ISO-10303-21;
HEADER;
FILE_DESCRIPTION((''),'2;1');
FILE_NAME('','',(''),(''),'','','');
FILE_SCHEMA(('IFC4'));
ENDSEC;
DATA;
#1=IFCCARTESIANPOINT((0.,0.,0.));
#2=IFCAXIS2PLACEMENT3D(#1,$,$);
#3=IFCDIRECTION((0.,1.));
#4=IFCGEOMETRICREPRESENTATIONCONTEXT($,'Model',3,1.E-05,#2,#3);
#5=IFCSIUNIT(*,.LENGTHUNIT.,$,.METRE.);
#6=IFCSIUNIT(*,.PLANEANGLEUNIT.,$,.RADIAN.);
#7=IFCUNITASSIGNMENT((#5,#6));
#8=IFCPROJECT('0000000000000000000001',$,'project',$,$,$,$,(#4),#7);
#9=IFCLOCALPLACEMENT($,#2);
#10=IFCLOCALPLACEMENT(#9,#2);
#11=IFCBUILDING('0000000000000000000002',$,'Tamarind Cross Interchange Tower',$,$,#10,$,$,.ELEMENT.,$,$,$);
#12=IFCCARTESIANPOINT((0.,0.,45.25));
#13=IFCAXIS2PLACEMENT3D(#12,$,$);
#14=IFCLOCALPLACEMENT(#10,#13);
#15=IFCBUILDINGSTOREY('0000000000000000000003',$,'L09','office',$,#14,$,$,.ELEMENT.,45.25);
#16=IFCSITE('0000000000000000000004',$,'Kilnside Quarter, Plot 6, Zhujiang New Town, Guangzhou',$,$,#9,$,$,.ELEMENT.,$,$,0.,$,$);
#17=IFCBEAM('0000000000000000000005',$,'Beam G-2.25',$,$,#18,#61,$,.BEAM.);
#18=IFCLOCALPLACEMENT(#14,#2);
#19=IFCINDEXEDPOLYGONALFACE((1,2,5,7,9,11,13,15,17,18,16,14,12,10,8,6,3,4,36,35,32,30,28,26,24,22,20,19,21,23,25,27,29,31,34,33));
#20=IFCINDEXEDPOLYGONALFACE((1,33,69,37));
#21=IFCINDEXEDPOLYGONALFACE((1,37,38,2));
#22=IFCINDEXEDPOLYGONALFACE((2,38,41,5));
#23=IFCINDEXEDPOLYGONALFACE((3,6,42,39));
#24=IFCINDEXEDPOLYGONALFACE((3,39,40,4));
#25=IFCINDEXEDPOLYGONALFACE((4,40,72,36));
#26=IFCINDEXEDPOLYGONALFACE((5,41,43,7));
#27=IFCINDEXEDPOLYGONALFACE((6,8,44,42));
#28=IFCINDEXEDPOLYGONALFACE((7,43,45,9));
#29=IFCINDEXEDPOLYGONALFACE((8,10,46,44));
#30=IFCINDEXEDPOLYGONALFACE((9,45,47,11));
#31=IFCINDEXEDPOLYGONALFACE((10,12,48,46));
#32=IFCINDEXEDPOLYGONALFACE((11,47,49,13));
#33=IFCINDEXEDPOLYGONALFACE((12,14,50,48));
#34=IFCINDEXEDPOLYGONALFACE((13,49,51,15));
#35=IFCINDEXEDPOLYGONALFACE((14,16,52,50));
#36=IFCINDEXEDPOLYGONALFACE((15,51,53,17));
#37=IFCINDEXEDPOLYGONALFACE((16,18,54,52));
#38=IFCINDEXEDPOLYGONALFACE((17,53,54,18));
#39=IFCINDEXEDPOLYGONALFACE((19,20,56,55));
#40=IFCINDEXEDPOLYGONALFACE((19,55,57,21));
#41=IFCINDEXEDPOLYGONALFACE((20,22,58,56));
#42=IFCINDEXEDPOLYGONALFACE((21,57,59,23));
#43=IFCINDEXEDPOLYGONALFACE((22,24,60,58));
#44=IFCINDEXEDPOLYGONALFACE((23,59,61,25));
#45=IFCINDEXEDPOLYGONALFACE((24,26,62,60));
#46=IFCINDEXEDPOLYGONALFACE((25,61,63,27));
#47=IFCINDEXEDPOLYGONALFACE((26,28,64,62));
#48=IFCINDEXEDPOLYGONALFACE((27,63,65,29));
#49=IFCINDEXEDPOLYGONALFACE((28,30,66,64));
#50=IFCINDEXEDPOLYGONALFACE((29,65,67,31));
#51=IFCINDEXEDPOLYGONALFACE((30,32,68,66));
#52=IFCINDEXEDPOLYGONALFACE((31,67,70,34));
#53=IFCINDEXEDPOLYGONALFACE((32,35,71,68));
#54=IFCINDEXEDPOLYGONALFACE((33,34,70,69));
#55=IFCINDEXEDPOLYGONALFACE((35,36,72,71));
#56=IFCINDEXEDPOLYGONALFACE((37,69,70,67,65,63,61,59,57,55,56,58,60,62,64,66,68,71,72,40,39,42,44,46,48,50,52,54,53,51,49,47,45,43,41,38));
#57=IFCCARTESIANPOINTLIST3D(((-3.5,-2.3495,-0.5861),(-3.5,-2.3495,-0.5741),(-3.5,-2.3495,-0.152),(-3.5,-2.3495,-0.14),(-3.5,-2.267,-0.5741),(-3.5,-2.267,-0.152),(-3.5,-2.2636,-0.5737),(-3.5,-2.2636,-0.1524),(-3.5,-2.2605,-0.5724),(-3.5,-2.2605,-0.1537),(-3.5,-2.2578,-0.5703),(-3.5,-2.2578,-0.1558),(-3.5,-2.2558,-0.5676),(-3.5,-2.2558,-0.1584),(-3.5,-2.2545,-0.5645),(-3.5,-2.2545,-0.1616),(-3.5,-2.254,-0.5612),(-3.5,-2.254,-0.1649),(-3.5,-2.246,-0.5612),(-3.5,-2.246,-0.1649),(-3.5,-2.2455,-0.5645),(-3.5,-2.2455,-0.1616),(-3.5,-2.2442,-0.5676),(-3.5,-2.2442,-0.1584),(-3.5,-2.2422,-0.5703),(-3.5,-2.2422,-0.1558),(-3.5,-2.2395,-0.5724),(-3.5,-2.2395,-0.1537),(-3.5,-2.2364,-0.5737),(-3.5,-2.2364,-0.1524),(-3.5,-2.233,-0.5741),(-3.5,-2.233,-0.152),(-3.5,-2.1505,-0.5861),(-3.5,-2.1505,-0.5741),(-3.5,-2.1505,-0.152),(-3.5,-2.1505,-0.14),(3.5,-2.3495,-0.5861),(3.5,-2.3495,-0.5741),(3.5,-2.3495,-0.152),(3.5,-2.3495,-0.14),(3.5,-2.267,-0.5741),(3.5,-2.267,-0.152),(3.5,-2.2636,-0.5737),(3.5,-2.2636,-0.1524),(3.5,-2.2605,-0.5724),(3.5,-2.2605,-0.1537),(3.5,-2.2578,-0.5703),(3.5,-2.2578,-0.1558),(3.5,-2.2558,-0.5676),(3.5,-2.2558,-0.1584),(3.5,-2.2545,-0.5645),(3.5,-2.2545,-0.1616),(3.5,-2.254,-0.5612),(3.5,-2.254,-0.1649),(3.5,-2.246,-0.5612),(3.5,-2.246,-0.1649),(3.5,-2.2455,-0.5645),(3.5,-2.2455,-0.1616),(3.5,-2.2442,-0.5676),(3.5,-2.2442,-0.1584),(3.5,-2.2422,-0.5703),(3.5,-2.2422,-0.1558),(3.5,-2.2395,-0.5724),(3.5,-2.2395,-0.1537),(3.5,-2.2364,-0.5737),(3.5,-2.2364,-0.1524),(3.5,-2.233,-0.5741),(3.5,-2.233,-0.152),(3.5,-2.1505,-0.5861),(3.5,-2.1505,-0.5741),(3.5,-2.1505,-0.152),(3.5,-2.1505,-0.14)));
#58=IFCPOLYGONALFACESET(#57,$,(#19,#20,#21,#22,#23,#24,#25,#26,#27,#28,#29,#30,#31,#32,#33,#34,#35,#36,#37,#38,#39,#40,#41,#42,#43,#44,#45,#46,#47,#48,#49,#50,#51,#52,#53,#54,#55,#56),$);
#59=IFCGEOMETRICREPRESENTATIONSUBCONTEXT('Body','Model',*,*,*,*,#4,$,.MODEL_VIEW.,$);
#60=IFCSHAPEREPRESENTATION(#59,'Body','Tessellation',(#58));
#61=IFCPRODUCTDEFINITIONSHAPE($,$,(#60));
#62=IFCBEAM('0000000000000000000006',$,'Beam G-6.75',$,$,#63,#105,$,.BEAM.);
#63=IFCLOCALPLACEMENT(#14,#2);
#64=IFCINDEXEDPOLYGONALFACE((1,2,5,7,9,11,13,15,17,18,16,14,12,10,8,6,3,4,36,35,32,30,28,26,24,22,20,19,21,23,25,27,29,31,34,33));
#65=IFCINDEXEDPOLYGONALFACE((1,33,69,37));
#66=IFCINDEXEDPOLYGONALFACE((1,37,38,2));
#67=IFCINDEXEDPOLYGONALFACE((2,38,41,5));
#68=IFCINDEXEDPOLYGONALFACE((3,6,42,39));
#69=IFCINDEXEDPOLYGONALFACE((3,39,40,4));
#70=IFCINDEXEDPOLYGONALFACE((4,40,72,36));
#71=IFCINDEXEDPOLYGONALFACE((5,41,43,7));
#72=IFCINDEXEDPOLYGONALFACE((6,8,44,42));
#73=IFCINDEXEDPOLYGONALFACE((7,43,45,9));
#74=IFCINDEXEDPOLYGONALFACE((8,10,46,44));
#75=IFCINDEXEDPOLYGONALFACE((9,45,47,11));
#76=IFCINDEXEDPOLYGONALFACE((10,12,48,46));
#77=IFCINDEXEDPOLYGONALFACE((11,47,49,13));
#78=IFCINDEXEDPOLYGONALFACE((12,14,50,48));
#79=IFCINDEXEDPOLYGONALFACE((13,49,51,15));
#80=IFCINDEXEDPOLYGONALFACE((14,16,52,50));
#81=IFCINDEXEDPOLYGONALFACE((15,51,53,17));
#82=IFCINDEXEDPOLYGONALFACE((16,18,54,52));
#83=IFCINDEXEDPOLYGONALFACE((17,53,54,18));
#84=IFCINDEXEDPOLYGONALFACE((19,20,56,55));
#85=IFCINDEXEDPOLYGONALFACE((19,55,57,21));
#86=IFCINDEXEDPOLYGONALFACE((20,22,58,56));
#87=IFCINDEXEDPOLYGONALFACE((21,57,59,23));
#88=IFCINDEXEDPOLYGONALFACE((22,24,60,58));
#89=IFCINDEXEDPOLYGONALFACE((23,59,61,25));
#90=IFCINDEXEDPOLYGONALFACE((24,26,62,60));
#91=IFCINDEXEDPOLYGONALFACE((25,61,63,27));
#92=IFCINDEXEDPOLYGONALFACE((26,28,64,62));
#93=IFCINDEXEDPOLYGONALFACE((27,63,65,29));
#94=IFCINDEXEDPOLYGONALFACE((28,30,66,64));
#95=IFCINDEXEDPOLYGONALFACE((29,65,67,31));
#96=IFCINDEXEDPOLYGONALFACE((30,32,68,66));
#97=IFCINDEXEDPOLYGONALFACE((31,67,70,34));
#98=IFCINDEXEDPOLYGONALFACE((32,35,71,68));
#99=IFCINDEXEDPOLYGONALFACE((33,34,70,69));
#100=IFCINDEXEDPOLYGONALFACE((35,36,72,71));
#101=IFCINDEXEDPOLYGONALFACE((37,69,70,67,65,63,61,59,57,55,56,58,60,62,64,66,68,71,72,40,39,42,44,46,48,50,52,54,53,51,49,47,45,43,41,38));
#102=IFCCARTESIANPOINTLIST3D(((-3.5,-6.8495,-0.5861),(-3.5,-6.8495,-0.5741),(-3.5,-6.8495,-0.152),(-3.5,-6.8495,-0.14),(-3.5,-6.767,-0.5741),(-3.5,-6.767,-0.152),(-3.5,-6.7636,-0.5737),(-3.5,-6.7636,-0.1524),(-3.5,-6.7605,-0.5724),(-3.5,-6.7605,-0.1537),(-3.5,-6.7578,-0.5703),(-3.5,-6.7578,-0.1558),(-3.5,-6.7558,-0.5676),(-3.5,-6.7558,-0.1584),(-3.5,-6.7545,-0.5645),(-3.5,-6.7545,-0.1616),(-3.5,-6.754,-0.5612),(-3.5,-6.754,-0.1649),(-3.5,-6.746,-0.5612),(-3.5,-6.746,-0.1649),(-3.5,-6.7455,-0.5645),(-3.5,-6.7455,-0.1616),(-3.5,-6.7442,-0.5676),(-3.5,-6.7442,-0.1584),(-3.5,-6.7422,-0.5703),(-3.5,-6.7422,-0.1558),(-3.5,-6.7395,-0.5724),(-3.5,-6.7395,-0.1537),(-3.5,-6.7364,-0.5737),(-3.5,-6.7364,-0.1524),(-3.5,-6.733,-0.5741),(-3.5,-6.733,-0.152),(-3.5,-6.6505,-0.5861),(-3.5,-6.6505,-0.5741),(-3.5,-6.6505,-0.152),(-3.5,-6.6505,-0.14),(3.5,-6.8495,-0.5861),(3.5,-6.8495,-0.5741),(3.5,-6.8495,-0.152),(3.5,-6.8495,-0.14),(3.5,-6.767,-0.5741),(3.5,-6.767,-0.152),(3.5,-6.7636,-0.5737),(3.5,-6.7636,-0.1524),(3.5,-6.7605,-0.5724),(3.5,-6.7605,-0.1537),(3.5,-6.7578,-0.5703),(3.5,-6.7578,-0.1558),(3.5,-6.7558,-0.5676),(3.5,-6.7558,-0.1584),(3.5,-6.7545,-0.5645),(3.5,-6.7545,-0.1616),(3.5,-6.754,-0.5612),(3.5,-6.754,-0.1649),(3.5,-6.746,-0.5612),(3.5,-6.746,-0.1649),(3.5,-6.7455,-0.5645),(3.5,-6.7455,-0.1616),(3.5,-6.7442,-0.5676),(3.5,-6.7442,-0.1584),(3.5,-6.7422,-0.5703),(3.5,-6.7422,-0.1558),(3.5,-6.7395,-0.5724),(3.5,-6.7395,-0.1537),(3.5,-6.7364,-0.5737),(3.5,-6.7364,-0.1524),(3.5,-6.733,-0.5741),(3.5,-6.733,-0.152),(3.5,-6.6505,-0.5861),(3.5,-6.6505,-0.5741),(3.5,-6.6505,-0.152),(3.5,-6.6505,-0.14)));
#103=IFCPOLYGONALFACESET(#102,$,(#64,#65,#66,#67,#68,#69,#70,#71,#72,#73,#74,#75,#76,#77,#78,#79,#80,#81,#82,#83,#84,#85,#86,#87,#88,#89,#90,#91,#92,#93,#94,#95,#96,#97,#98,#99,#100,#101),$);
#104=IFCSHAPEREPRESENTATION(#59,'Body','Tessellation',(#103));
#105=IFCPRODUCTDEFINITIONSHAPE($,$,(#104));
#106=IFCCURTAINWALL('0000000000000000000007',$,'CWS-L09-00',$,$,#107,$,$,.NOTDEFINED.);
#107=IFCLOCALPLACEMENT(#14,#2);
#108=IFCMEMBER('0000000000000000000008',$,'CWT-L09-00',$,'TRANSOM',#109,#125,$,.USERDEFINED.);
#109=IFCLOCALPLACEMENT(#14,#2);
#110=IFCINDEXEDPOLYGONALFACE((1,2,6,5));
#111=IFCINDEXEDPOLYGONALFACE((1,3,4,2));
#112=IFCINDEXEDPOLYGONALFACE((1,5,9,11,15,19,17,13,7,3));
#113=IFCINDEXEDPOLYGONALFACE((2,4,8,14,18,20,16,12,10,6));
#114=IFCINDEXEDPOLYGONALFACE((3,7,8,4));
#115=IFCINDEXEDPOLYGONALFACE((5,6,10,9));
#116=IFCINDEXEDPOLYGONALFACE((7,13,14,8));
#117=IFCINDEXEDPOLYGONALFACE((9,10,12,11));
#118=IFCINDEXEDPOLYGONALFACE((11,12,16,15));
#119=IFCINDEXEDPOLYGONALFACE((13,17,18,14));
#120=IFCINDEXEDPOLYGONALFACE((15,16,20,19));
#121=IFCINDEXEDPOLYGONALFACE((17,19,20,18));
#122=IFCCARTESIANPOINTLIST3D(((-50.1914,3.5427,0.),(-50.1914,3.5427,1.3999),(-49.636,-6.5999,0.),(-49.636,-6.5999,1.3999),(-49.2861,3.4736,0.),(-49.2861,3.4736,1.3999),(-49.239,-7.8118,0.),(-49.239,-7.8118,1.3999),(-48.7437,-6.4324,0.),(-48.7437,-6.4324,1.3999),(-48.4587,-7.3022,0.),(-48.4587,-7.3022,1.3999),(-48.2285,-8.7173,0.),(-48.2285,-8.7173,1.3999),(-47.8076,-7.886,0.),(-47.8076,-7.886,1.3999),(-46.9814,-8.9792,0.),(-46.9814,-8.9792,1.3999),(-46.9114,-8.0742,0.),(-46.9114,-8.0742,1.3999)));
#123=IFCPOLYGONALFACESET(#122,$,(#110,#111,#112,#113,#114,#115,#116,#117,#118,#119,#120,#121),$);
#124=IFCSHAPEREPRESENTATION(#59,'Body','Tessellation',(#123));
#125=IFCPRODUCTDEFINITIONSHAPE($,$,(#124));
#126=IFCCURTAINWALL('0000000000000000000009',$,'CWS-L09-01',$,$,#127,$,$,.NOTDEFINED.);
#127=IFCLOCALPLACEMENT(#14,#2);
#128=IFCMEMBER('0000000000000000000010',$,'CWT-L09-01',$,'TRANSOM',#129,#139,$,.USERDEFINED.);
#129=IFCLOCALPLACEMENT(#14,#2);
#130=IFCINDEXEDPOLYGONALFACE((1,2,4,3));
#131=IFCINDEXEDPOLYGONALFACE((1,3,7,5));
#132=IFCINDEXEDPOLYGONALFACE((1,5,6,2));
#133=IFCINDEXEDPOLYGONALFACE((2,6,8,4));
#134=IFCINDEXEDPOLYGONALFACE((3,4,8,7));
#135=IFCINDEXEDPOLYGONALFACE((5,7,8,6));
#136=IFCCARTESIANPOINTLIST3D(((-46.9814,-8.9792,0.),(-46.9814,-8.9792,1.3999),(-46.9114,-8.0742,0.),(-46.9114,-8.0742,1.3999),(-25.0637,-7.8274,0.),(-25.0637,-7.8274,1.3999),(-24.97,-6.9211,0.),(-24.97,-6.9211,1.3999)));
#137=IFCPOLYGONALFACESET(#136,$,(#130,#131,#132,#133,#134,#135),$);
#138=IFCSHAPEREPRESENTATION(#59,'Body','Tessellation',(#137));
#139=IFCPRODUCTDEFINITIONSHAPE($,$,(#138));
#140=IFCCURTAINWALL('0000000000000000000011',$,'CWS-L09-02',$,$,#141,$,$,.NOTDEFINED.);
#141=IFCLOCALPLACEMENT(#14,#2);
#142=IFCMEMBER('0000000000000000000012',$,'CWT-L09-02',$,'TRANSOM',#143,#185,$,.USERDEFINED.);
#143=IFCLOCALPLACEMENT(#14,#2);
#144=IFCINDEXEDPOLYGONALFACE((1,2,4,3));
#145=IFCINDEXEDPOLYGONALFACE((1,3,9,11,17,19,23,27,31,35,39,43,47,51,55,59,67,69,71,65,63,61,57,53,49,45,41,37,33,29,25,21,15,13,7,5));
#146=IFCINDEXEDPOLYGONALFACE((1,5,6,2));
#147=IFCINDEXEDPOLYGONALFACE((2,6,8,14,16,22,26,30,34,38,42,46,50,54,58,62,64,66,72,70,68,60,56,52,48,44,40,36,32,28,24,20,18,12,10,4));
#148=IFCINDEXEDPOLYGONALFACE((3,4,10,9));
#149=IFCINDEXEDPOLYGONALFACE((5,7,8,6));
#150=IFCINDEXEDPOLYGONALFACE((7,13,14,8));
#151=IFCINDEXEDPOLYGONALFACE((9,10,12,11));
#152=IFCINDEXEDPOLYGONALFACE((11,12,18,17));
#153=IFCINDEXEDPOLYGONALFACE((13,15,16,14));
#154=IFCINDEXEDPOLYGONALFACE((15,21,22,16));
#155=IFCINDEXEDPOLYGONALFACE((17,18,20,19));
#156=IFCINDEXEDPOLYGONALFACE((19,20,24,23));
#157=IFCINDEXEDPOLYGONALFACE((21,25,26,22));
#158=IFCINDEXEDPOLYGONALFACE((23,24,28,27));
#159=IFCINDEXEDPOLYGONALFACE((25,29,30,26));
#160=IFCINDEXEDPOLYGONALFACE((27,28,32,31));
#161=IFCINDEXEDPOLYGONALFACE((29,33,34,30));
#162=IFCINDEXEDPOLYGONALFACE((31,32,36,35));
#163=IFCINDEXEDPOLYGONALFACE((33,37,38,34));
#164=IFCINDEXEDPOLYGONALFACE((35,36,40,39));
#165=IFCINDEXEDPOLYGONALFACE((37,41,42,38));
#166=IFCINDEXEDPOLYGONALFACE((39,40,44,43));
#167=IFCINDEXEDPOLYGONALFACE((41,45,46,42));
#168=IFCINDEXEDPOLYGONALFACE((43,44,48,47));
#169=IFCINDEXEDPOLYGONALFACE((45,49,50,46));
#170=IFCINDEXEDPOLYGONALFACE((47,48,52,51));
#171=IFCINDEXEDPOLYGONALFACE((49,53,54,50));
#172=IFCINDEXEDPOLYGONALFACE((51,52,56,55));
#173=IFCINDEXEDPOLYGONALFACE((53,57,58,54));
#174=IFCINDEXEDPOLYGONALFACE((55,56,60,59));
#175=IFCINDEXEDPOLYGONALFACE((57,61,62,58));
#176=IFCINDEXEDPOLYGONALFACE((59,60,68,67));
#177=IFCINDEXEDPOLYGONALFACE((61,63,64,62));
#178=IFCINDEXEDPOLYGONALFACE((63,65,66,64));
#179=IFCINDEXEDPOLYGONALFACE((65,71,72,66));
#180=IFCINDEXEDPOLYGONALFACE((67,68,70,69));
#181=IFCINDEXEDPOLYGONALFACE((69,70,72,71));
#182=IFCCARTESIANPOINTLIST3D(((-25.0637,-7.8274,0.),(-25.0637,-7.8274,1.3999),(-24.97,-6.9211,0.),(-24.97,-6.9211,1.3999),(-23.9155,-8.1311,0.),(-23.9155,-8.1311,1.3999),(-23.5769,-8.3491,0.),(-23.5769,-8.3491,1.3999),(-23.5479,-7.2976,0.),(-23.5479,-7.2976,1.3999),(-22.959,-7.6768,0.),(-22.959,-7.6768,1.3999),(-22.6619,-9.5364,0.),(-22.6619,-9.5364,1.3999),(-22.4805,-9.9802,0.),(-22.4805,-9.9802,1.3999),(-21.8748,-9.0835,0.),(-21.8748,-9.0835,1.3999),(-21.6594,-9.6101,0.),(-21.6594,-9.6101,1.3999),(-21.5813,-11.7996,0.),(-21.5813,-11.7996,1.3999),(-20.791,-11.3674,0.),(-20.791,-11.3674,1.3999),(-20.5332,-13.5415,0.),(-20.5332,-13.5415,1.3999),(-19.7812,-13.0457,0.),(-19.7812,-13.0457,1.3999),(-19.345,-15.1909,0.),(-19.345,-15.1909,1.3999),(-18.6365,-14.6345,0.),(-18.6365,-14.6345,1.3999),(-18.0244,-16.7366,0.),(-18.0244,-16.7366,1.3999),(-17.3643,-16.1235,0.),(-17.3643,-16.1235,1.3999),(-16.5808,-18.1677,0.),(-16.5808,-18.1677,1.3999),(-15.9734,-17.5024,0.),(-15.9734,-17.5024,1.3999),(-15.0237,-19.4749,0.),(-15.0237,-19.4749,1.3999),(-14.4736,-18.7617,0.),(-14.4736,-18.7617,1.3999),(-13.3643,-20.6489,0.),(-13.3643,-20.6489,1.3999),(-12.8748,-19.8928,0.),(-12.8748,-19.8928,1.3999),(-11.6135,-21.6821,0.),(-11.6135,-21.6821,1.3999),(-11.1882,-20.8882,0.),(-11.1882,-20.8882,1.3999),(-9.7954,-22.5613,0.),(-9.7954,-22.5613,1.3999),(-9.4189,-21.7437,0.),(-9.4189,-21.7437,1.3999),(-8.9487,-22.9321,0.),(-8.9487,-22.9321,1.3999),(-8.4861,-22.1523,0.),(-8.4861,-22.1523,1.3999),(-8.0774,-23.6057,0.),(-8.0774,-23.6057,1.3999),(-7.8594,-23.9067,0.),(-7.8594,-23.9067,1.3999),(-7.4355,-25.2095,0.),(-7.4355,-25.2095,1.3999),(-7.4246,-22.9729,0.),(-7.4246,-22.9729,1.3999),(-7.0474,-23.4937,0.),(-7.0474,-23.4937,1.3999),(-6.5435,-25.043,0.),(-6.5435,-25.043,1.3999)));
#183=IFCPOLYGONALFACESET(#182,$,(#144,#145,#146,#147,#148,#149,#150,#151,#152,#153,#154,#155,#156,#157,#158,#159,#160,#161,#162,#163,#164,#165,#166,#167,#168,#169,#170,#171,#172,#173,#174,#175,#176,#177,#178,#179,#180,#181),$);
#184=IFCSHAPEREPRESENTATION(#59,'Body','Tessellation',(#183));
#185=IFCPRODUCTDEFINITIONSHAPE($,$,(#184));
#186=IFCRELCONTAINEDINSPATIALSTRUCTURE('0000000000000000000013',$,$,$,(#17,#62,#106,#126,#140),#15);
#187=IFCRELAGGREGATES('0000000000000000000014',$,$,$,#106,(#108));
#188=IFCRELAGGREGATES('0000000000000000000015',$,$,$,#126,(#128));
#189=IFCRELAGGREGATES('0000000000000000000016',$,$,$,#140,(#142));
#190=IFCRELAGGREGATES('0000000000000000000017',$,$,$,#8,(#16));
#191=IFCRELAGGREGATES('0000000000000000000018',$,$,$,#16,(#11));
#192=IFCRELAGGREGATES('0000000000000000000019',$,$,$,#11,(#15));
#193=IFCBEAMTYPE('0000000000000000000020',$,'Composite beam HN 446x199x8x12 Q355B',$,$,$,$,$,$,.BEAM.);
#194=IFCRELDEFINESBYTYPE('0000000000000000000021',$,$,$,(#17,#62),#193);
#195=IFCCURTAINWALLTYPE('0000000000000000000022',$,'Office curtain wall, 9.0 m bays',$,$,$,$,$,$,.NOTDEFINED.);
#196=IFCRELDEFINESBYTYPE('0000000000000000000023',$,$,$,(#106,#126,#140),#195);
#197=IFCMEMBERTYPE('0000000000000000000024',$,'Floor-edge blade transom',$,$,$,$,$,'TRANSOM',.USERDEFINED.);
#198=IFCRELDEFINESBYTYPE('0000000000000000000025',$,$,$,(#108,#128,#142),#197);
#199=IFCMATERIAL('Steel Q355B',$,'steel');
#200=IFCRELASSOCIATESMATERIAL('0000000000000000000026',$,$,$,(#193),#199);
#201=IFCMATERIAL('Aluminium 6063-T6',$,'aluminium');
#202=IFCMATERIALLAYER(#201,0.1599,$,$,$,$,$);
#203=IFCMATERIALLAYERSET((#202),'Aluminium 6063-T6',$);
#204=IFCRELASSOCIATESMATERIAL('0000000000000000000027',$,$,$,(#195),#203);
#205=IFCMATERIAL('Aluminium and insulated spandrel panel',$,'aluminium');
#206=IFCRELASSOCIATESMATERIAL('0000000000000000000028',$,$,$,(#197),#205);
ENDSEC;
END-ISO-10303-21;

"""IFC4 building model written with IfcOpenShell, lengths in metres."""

from ifc_helpers import new_model, si_unit, direction, frame, origin, origin_2d, place, context, subcontext, project, spatial, polyline, i_section, outline, extrude, material, layer, layer_set, material_profile, profile_set, type_object, element, aggregate, save


model = new_model("IFC4")

# Units and contexts
model_context = context("Model", 3, precision=1e-05, world=origin(), true_north=direction((0.0, 1.0)))
body_context = subcontext(model_context, "Body", "Model", "MODEL_VIEW")
ifc_project = project(units=[si_unit("LENGTHUNIT", "METRE"), si_unit("PLANEANGLEUNIT", "RADIAN")], contexts=[model_context])

# Site, building, storey
site_placement = place(None, origin())
site = spatial("IfcSite", under=ifc_project, at=site_placement, Name="Kilnside Quarter, Plot 6, Zhujiang New Town, Guangzhou", CompositionType="ELEMENT", RefElevation=0.0)
building_placement = place(site_placement, origin())
building = spatial("IfcBuilding", under=site, at=building_placement, Name="Tamarind Cross Interchange Tower", CompositionType="ELEMENT")
storey_placement = place(building_placement, frame((0.0, 0.0, 45.25)))
storey = spatial("IfcBuildingStorey", under=building, at=storey_placement, Name="L09", Description="office", CompositionType="ELEMENT", Elevation=45.25)

# Beams
ifc_material_1 = material(Name="Steel Q355B", Category="steel")
ifc_material_profile = material_profile(ifc_material_1, i_section(OverallWidth=0.199, OverallDepth=0.446, WebThickness=0.0081, FlangeThickness=0.012, FilletRadius=0.0129, at=origin_2d()), Name="HN 446x199x8x12")
ifc_profile_set = profile_set([ifc_material_profile], Name="Steel Q355B")
beam_type = type_object("IfcBeamType", Name="Composite beam HN 446x199x8x12 Q355B", PredefinedType="BEAM", material=ifc_profile_set)
for number, where, z_axis, x_axis, name in (
    (1, (-3.5, -2.25, -0.363), (1.0, 0.0, 0.0), (0.0, 1.0, 0.0), "Beam G-2.25"),
    (2, (-3.5, -6.75, -0.363), (1.0, 0.0, 0.0), (0.0, 1.0, 0.0), "Beam G-6.75"),
):
    element("IfcBeam", number, at=place(storey_placement, frame(where, z_axis=z_axis, x_axis=x_axis)), inside=storey, type_object=beam_type, Name=name, PredefinedType="BEAM", context=body_context, shape_type="SweptSolid", body=[
        extrude(i_section(OverallWidth=0.199, OverallDepth=0.446, WebThickness=0.0081, FlangeThickness=0.012, FilletRadius=0.0129, at=origin_2d()), origin(), (0.0, 0.0, 1.0), 7.0),
    ])

# Curtain walls, members
ifc_material_2 = material(Name="Aluminium 6063-T6", Category="aluminium")
ifc_layer_1 = layer(ifc_material_2, 0.1599)
ifc_layer_set_1 = layer_set([ifc_layer_1], Name="Aluminium 6063-T6")
curtain_wall_type = type_object("IfcCurtainWallType", Name="Office curtain wall, 9.0 m bays", PredefinedType="NOTDEFINED", material=ifc_layer_set_1)
curtain_wall_1_placement = place(storey_placement, origin())
curtain_wall_1 = element("IfcCurtainWall", 3, at=curtain_wall_1_placement, inside=storey, type_object=curtain_wall_type, Name="CWS-L09-00", PredefinedType="NOTDEFINED")
ifc_material_3 = material(Name="Aluminium and insulated spandrel panel", Category="aluminium")
member_type = type_object("IfcMemberType", Name="Floor-edge blade transom", ElementType="TRANSOM", PredefinedType="USERDEFINED", material=ifc_material_3)
member_1_placement = place(storey_placement, origin())
member_1 = element("IfcMember", 4, at=member_1_placement, type_object=member_type, Name="CWT-L09-00", ObjectType="TRANSOM", PredefinedType="USERDEFINED", context=body_context, shape_type="SweptSolid", body=[
    extrude(outline(polyline([(-49.2861, 3.4736), (-48.7437, -6.4324), (-48.4587, -7.3022), (-47.8076, -7.886), (-46.9114, -8.0742), (-46.9814, -8.9792), (-48.2285, -8.7173), (-49.239, -7.8118), (-49.636, -6.5999), (-50.1914, 3.5427), (-49.2861, 3.4736)])), origin(), (0.0, 0.0, 1.0), 1.3999),
])
curtain_wall_2_placement = place(storey_placement, origin())
curtain_wall_2 = element("IfcCurtainWall", 5, at=curtain_wall_2_placement, inside=storey, type_object=curtain_wall_type, Name="CWS-L09-01", PredefinedType="NOTDEFINED")
member_2_placement = place(storey_placement, origin())
member_2 = element("IfcMember", 6, at=member_2_placement, type_object=member_type, Name="CWT-L09-01", ObjectType="TRANSOM", PredefinedType="USERDEFINED", context=body_context, shape_type="SweptSolid", body=[
    extrude(outline(polyline([(-46.9114, -8.0742), (-24.97, -6.9211), (-25.0637, -7.8274), (-46.9814, -8.9792), (-46.9114, -8.0742)])), origin(), (0.0, 0.0, 1.0), 1.3999),
])
curtain_wall_3_placement = place(storey_placement, origin())
curtain_wall_3 = element("IfcCurtainWall", 7, at=curtain_wall_3_placement, inside=storey, type_object=curtain_wall_type, Name="CWS-L09-02", PredefinedType="NOTDEFINED")
member_3_placement = place(storey_placement, origin())
member_3 = element("IfcMember", 8, at=member_3_placement, type_object=member_type, Name="CWT-L09-02", ObjectType="TRANSOM", PredefinedType="USERDEFINED", context=body_context, shape_type="SweptSolid", body=[
    extrude(outline(polyline([(-24.97, -6.9211), (-23.5479, -7.2976), (-22.959, -7.6768), (-21.8748, -9.0835), (-21.6594, -9.6101), (-20.791, -11.3674), (-19.7812, -13.0457), (-18.6365, -14.6345), (-17.3643, -16.1235), (-15.9734, -17.5024), (-14.4736, -18.7617), (-12.8748, -19.8928), (-11.1882, -20.8882), (-9.4189, -21.7437), (-8.4861, -22.1523), (-7.4246, -22.9729), (-7.0474, -23.4937), (-6.5435, -25.043), (-7.4355, -25.2095), (-7.8594, -23.9067), (-8.0774, -23.6057), (-8.9487, -22.9321), (-9.7954, -22.5613), (-11.6135, -21.6821), (-13.3643, -20.6489), (-15.0237, -19.4749), (-16.5808, -18.1677), (-18.0244, -16.7366), (-19.345, -15.1909), (-20.5332, -13.5415), (-21.5813, -11.7996), (-22.4805, -9.9802), (-22.6619, -9.5364), (-23.5769, -8.3491), (-23.9155, -8.1311), (-25.0637, -7.8274), (-24.97, -6.9211)])), origin(), (0.0, 0.0, 1.0), 1.3999),
])

aggregate(curtain_wall_1, [member_1])
aggregate(curtain_wall_2, [member_2])
aggregate(curtain_wall_3, [member_3])

save(model, "model.ifc")
